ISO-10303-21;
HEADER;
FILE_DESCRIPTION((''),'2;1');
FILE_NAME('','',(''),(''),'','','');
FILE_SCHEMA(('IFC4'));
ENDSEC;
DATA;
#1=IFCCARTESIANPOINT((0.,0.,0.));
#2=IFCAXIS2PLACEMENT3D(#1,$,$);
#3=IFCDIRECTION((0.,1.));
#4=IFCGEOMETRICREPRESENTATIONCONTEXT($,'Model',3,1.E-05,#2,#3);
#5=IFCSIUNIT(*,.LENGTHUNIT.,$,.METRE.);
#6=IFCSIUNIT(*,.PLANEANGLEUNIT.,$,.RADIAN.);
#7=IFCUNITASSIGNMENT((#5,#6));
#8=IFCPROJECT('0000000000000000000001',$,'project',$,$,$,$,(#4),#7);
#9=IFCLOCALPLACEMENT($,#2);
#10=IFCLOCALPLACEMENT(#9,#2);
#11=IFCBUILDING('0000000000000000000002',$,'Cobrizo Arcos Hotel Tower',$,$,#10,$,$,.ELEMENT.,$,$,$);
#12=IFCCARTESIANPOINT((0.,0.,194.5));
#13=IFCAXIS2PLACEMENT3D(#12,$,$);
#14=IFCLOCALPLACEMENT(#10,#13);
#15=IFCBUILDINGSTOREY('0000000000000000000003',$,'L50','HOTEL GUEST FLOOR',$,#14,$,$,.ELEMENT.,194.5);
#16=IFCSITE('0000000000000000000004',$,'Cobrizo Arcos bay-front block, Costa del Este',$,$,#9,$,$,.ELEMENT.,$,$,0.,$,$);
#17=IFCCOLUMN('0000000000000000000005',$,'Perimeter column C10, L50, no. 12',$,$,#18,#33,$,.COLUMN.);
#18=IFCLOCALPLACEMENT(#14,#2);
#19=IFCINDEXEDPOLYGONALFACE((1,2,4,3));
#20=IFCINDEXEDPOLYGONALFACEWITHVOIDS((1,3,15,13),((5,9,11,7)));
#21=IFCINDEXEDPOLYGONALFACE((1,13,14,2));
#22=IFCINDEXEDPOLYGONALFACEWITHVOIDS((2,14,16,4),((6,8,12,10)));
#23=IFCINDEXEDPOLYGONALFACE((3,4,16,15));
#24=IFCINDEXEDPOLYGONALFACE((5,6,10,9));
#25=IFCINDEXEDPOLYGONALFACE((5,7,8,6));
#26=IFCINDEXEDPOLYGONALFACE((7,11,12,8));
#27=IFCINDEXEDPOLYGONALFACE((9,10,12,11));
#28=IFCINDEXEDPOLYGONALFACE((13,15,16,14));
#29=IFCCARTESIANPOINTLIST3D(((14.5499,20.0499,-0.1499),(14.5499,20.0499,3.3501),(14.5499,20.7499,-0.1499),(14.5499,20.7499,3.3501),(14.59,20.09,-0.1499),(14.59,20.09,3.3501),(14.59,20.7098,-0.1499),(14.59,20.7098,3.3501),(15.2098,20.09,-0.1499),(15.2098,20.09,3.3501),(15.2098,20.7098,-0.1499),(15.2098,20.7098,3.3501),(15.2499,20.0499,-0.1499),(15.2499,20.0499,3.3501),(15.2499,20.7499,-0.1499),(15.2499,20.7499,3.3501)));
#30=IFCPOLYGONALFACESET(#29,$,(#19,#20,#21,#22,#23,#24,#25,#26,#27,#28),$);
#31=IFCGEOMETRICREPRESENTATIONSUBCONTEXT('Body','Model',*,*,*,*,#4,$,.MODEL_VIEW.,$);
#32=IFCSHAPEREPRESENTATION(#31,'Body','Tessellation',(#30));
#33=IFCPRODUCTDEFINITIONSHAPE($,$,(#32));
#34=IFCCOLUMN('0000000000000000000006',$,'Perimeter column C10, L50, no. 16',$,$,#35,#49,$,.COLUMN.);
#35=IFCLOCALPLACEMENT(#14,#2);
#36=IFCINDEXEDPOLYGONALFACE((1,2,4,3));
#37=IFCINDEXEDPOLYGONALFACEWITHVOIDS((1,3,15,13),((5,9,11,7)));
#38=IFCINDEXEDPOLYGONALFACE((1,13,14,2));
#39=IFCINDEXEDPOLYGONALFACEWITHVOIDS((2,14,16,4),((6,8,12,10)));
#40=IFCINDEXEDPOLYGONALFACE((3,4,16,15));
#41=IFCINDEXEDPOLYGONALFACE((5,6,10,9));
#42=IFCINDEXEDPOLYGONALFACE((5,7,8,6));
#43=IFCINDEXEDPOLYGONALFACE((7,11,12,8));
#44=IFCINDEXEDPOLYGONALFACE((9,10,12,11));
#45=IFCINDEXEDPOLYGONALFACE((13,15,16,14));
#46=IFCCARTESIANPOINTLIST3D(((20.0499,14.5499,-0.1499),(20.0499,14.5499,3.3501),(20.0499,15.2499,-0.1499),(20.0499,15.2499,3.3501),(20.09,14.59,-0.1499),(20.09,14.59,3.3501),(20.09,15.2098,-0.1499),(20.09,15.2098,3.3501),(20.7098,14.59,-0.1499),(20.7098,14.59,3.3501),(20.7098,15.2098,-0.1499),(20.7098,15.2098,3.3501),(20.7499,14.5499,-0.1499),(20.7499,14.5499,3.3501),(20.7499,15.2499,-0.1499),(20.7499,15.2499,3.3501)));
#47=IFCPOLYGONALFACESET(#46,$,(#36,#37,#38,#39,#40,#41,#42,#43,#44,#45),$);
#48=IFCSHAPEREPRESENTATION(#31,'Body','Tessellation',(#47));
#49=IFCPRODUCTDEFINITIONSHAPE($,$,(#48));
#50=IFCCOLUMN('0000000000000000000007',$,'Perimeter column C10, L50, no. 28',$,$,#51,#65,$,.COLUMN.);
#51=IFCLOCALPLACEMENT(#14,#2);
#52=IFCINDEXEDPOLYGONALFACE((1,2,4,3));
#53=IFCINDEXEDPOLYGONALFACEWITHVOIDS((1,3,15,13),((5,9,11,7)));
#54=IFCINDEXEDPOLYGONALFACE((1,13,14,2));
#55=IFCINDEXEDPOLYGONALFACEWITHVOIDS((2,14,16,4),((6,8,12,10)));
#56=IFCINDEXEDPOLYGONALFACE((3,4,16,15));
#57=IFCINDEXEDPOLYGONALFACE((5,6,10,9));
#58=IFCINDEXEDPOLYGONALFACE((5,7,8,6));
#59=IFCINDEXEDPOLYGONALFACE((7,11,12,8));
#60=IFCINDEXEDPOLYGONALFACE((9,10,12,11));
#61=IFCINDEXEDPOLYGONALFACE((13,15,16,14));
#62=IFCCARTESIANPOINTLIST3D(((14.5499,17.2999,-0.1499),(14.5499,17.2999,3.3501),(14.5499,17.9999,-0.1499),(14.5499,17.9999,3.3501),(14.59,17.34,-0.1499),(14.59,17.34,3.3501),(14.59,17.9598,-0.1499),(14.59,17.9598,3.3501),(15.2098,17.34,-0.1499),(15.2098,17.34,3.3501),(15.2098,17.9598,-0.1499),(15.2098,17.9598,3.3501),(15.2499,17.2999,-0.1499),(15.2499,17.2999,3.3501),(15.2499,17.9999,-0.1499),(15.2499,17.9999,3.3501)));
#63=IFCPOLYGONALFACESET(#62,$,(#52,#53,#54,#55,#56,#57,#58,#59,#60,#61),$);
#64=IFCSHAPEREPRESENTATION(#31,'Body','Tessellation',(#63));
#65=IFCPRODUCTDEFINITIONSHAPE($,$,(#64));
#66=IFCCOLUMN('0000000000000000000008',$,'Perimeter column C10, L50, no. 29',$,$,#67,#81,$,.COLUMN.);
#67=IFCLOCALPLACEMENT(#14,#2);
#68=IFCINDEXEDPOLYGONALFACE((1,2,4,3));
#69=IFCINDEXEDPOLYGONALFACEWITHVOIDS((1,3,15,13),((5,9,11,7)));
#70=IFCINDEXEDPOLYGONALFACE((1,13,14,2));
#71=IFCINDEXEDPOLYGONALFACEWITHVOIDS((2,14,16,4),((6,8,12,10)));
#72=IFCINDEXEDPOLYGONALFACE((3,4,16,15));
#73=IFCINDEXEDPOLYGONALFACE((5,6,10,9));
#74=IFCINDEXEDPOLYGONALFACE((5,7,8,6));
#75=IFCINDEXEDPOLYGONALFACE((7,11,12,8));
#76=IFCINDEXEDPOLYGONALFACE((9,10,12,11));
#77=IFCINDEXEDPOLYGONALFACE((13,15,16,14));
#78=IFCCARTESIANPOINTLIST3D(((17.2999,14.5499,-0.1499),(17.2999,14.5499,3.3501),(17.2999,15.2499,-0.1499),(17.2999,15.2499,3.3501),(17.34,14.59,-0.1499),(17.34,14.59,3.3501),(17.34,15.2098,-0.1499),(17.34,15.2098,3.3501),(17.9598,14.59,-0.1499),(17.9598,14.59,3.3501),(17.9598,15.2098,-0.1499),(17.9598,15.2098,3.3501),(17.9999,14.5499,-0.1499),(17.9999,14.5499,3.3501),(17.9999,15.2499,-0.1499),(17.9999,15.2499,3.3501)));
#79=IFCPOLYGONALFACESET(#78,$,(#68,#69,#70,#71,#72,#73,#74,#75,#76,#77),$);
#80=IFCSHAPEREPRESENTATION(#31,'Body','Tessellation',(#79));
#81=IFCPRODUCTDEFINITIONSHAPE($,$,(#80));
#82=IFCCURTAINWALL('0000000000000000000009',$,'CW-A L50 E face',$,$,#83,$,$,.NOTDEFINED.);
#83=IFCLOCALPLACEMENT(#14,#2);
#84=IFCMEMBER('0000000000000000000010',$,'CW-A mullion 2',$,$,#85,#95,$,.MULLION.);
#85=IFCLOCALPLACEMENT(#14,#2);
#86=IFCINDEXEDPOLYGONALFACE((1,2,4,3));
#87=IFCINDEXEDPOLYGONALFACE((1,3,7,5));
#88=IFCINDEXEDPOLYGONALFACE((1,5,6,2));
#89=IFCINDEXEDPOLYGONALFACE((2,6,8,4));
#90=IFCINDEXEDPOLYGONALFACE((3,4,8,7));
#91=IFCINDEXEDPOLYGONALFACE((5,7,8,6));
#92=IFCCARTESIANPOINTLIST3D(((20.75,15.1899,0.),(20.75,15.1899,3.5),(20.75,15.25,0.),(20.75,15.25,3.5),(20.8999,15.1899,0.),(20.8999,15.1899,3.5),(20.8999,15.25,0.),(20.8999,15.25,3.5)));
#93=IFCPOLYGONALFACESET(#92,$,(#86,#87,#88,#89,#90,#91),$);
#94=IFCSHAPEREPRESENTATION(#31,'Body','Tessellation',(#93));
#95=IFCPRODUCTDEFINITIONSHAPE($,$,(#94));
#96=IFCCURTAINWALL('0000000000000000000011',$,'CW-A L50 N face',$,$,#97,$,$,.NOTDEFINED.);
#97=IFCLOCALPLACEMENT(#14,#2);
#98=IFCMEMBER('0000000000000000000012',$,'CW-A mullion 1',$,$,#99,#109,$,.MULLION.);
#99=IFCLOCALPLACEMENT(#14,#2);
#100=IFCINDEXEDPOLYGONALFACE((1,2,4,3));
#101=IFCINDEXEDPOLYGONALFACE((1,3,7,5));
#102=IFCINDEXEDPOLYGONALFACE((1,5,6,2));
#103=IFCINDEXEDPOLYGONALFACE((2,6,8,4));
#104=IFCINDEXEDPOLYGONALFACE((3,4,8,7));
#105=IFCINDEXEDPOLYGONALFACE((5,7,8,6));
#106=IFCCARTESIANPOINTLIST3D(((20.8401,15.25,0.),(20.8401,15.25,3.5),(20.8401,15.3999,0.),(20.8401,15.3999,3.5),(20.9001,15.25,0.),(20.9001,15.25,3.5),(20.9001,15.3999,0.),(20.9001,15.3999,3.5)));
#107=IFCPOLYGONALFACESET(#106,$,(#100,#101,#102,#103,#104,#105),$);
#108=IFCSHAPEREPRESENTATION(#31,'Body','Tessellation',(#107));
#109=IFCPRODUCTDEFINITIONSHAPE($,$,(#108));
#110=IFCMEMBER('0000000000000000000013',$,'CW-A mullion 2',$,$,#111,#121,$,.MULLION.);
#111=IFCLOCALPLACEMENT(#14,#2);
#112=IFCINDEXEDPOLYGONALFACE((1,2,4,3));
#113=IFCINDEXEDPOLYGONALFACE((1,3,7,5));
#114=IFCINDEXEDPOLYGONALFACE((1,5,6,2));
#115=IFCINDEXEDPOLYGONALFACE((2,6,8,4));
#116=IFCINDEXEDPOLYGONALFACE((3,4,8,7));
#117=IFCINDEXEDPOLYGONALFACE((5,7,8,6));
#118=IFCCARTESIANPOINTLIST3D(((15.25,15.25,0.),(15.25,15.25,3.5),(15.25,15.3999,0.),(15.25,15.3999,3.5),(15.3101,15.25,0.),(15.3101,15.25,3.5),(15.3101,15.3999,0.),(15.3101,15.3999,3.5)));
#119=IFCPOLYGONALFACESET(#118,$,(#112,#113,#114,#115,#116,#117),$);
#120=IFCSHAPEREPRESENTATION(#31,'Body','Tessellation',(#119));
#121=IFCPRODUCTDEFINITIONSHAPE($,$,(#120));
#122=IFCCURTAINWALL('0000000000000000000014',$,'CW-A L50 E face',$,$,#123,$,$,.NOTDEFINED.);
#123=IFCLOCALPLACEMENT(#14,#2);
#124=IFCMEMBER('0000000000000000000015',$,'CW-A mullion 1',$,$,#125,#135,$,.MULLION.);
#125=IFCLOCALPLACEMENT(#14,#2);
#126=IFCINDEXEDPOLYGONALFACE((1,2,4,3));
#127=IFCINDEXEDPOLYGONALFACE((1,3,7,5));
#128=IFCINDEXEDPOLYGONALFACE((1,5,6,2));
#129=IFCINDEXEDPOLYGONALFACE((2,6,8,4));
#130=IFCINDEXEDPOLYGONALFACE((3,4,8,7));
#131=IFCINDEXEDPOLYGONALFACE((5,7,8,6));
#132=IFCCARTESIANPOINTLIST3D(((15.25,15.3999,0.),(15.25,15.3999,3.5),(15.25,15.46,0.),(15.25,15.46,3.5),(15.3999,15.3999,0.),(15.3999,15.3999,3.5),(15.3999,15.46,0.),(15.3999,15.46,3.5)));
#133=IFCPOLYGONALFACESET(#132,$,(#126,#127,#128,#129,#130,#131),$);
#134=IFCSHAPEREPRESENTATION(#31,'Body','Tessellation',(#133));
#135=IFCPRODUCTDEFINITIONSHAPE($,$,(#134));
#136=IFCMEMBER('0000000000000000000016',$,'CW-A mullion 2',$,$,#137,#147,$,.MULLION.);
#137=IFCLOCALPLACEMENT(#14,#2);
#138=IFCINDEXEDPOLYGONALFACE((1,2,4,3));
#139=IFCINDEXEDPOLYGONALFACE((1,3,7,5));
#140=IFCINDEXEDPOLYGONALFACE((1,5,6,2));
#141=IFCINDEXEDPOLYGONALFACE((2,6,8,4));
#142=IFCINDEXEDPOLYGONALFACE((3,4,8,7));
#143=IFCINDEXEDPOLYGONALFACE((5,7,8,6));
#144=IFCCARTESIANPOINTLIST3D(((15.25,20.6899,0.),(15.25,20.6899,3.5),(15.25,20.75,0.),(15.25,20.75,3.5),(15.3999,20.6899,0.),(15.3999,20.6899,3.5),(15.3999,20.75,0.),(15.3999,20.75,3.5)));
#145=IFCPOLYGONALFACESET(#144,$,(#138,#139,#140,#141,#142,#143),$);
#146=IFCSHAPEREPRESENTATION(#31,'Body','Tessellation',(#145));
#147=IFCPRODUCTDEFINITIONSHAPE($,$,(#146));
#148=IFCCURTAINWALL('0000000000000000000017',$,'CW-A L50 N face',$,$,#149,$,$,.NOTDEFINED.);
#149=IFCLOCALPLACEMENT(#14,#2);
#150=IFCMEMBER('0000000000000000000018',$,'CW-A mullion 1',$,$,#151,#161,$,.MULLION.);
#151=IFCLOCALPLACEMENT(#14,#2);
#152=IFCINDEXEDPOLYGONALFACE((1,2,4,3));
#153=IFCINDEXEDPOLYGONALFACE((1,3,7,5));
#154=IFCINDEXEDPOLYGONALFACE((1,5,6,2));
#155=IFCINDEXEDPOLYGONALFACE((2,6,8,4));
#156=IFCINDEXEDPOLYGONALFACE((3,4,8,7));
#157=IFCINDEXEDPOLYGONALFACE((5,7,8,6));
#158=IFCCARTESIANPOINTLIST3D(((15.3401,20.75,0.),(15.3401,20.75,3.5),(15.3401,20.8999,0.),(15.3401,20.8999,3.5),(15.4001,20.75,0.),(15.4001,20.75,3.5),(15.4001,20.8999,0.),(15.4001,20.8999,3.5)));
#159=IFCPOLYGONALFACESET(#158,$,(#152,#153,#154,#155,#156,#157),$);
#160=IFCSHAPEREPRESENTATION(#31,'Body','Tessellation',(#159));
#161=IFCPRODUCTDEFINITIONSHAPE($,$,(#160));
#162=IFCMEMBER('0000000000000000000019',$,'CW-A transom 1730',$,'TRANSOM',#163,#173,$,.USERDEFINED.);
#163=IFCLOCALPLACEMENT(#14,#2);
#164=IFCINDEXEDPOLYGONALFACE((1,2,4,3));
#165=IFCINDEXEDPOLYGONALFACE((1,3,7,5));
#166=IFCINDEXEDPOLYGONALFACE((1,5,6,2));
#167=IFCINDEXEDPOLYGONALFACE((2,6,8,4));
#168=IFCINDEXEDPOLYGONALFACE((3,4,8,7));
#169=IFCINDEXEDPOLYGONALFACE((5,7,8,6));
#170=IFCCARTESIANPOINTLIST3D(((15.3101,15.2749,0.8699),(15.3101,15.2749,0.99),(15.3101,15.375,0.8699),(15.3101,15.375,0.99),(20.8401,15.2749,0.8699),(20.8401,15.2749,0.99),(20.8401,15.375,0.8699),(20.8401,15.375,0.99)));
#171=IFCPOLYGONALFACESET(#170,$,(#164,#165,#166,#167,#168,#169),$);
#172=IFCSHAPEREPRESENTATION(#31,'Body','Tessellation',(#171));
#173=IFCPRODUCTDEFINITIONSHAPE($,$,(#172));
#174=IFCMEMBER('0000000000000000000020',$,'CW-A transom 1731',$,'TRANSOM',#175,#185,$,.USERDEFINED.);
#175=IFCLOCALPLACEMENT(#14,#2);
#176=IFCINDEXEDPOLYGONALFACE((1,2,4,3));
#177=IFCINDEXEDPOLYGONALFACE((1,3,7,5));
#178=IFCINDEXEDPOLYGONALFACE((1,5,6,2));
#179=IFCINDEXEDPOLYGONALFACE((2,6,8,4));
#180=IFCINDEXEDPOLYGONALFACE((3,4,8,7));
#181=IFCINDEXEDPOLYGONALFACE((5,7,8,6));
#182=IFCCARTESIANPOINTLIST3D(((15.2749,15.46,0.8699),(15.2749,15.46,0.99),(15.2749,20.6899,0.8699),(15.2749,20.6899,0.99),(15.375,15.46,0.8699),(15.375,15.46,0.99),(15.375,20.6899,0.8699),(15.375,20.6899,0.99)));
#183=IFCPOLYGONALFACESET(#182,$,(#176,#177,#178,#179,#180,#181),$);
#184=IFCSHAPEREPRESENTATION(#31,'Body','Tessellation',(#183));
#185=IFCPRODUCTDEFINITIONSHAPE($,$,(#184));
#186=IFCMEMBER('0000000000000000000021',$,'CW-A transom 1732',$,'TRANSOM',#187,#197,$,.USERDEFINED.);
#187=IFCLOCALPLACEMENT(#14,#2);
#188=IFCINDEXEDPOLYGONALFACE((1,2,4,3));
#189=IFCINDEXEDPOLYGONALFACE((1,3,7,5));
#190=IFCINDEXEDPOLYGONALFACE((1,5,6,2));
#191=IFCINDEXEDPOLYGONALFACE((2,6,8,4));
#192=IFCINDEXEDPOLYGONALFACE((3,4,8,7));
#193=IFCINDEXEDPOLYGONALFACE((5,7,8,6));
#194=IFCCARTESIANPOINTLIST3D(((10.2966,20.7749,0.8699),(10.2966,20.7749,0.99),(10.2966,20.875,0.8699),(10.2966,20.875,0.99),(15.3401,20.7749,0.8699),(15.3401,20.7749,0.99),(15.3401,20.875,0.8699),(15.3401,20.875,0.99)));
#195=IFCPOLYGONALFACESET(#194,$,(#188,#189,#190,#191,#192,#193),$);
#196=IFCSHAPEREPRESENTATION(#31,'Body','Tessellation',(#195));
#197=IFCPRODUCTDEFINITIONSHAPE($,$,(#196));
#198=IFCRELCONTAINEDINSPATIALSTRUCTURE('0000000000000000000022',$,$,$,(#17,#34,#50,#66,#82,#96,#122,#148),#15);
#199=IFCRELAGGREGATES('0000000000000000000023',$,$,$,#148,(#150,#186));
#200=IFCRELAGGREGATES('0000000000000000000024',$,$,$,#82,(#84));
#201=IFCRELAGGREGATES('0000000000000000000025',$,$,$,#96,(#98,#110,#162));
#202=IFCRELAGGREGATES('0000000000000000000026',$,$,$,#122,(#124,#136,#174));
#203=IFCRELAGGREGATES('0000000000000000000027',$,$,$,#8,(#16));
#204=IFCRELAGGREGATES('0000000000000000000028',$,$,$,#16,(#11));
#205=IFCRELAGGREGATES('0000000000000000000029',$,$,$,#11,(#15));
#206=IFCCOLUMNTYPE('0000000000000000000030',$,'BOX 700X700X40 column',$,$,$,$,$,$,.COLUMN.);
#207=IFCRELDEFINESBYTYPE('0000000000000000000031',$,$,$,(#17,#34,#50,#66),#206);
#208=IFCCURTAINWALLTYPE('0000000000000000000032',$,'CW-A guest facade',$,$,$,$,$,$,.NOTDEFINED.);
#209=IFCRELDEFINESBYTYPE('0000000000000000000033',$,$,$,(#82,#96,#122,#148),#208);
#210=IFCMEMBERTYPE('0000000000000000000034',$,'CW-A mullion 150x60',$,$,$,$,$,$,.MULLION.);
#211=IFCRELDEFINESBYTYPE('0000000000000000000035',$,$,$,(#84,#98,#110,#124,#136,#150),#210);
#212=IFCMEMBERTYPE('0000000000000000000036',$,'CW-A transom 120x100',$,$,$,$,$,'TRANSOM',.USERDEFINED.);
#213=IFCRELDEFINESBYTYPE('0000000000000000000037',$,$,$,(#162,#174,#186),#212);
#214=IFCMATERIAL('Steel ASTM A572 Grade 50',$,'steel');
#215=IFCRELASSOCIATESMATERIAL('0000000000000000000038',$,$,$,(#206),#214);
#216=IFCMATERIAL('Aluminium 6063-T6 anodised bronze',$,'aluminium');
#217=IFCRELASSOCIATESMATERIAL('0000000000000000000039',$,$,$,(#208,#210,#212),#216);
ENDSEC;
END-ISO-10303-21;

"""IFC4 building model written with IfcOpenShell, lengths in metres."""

from ifc_helpers import new_model, si_unit, direction, frame, origin, origin_2d, place, context, subcontext, project, spatial, rectangle, hollow_rectangle, extrude, material, material_profile, profile_set, type_object, element, aggregate, save


model = new_model("IFC4")

# Units and contexts
model_context = context("Model", 3, precision=1e-05, world=origin(), true_north=direction((0.0, 1.0)))
body_context = subcontext(model_context, "Body", "Model", "MODEL_VIEW")
ifc_project = project(units=[si_unit("LENGTHUNIT", "METRE"), si_unit("PLANEANGLEUNIT", "RADIAN")], contexts=[model_context])

# Site, building, storey
site_placement = place(None, origin())
site = spatial("IfcSite", under=ifc_project, at=site_placement, Name="Cobrizo Arcos bay-front block, Costa del Este", CompositionType="ELEMENT", RefElevation=0.0)
building_placement = place(site_placement, origin())
building = spatial("IfcBuilding", under=site, at=building_placement, Name="Cobrizo Arcos Hotel Tower", CompositionType="ELEMENT")
storey_placement = place(building_placement, frame((0.0, 0.0, 194.5)))
storey = spatial("IfcBuildingStorey", under=building, at=storey_placement, Name="L50", Description="HOTEL GUEST FLOOR", CompositionType="ELEMENT", Elevation=194.5)

# Columns
ifc_material_1 = material(Name="Steel ASTM A572 Grade 50", Category="steel")
ifc_material_profile_1 = material_profile(ifc_material_1, hollow_rectangle(XDim=0.7, YDim=0.7, WallThickness=0.04, at=origin_2d()), Name="BOX 700X700X40")
ifc_profile_set_1 = profile_set([ifc_material_profile_1], Name="Steel ASTM A572 Grade 50")
column_type = type_object("IfcColumnType", Name="BOX 700X700X40 column", PredefinedType="COLUMN", material=ifc_profile_set_1)
for number, where, z_axis, x_axis, name in (
    (1, (14.8999, 20.3999, -0.1499), (0.0, 0.0, 1.0), (1.0, 0.0, 0.0), "Perimeter column C10, L50, no. 12"),
    (2, (20.3999, 14.8999, -0.1499), (0.0, 0.0, 1.0), (1.0, 0.0, 0.0), "Perimeter column C10, L50, no. 16"),
    (3, (14.8999, 17.6499, -0.1499), (0.0, 0.0, 1.0), (1.0, 0.0, 0.0), "Perimeter column C10, L50, no. 28"),
    (4, (17.6499, 14.8999, -0.1499), (0.0, 0.0, 1.0), (1.0, 0.0, 0.0), "Perimeter column C10, L50, no. 29"),
):
    element("IfcColumn", number, at=place(storey_placement, frame(where, z_axis=z_axis, x_axis=x_axis)), inside=storey, type_object=column_type, Name=name, PredefinedType="COLUMN", context=body_context, shape_type="SweptSolid", body=[
        extrude(hollow_rectangle(XDim=0.7, YDim=0.7, WallThickness=0.04, at=origin_2d()), origin(), (0.0, 0.0, 1.0), 3.5),
    ])

# Curtain wall, member
ifc_material_2 = material(Name="Aluminium 6063-T6 anodised bronze", Category="aluminium")
curtain_wall_type = type_object("IfcCurtainWallType", Name="CW-A guest facade", PredefinedType="NOTDEFINED", material=ifc_material_2)
curtain_wall_1_placement = place(storey_placement, origin())
curtain_wall_1 = element("IfcCurtainWall", 5, at=curtain_wall_1_placement, inside=storey, type_object=curtain_wall_type, Name="CW-A L50 E face", PredefinedType="NOTDEFINED")
ifc_material_profile_2 = material_profile(ifc_material_2, rectangle(XDim=0.1499, YDim=0.0601, at=origin_2d()), Name="CW-A mullion 150x60")
ifc_profile_set_2 = profile_set([ifc_material_profile_2], Name="Aluminium 6063-T6 anodised bronze")
member_type_1 = type_object("IfcMemberType", Name="CW-A mullion 150x60", PredefinedType="MULLION", material=ifc_profile_set_2)
member_1_placement = place(storey_placement, frame((20.825, 15.22, 0.0), z_axis=(0.0, 0.0, 1.0), x_axis=(1.0, 0.0, 0.0)))
member_1 = element("IfcMember", 6, at=member_1_placement, type_object=member_type_1, Name="CW-A mullion 2", PredefinedType="MULLION", context=body_context, shape_type="SweptSolid", body=[
    extrude(rectangle(XDim=0.1499, YDim=0.0601, at=origin_2d()), origin(), (0.0, 0.0, 1.0), 3.5),
])

# Curtain walls, members
curtain_wall_2_placement = place(storey_placement, origin())
curtain_wall_2 = element("IfcCurtainWall", 7, at=curtain_wall_2_placement, inside=storey, type_object=curtain_wall_type, Name="CW-A L50 N face", PredefinedType="NOTDEFINED")
member_2_placement = place(storey_placement, frame((20.8701, 15.325, 0.0), z_axis=(0.0, 0.0, 1.0), x_axis=(0.0, 1.0, 0.0)))
member_2 = element("IfcMember", 8, at=member_2_placement, type_object=member_type_1, Name="CW-A mullion 1", PredefinedType="MULLION", context=body_context, shape_type="SweptSolid", body=[
    extrude(rectangle(XDim=0.1499, YDim=0.0601, at=origin_2d()), origin(), (0.0, 0.0, 1.0), 3.5),
])
member_3_placement = place(storey_placement, frame((15.28, 15.325, 0.0), z_axis=(0.0, 0.0, 1.0), x_axis=(0.0, 1.0, 0.0)))
member_3 = element("IfcMember", 9, at=member_3_placement, type_object=member_type_1, Name="CW-A mullion 2", PredefinedType="MULLION", context=body_context, shape_type="SweptSolid", body=[
    extrude(rectangle(XDim=0.1499, YDim=0.0601, at=origin_2d()), origin(), (0.0, 0.0, 1.0), 3.5),
])
curtain_wall_3_placement = place(storey_placement, origin())
curtain_wall_3 = element("IfcCurtainWall", 10, at=curtain_wall_3_placement, inside=storey, type_object=curtain_wall_type, Name="CW-A L50 E face", PredefinedType="NOTDEFINED")
member_4_placement = place(storey_placement, frame((15.325, 15.4299, 0.0), z_axis=(0.0, 0.0, 1.0), x_axis=(1.0, 0.0, 0.0)))
member_4 = element("IfcMember", 11, at=member_4_placement, type_object=member_type_1, Name="CW-A mullion 1", PredefinedType="MULLION", context=body_context, shape_type="SweptSolid", body=[
    extrude(rectangle(XDim=0.1499, YDim=0.0601, at=origin_2d()), origin(), (0.0, 0.0, 1.0), 3.5),
])
member_5_placement = place(storey_placement, frame((15.325, 20.72, 0.0), z_axis=(0.0, 0.0, 1.0), x_axis=(1.0, 0.0, 0.0)))
member_5 = element("IfcMember", 12, at=member_5_placement, type_object=member_type_1, Name="CW-A mullion 2", PredefinedType="MULLION", context=body_context, shape_type="SweptSolid", body=[
    extrude(rectangle(XDim=0.1499, YDim=0.0601, at=origin_2d()), origin(), (0.0, 0.0, 1.0), 3.5),
])

# Curtain wall, member
curtain_wall_4_placement = place(storey_placement, origin())
curtain_wall_4 = element("IfcCurtainWall", 13, at=curtain_wall_4_placement, inside=storey, type_object=curtain_wall_type, Name="CW-A L50 N face", PredefinedType="NOTDEFINED")
member_6_placement = place(storey_placement, frame((15.3701, 20.825, 0.0), z_axis=(0.0, 0.0, 1.0), x_axis=(0.0, 1.0, 0.0)))
member_6 = element("IfcMember", 14, at=member_6_placement, type_object=member_type_1, Name="CW-A mullion 1", PredefinedType="MULLION", context=body_context, shape_type="SweptSolid", body=[
    extrude(rectangle(XDim=0.1499, YDim=0.0601, at=origin_2d()), origin(), (0.0, 0.0, 1.0), 3.5),
])

# Members
ifc_material_profile_3 = material_profile(ifc_material_2, rectangle(XDim=0.1001, YDim=0.1201, at=origin_2d()), Name="CW-A transom 120x100")
ifc_profile_set_3 = profile_set([ifc_material_profile_3], Name="Aluminium 6063-T6 anodised bronze")
member_type_2 = type_object("IfcMemberType", Name="CW-A transom 120x100", ElementType="TRANSOM", PredefinedType="USERDEFINED", material=ifc_profile_set_3)
member_7_placement = place(storey_placement, frame((20.8401, 15.325, 0.9299), z_axis=(-1.0, 0.0, 0.0), x_axis=(0.0, -1.0, 0.0)))
member_7 = element("IfcMember", 15, at=member_7_placement, type_object=member_type_2, Name="CW-A transom 1730", ObjectType="TRANSOM", PredefinedType="USERDEFINED", context=body_context, shape_type="SweptSolid", body=[
    extrude(rectangle(XDim=0.1001, YDim=0.1201, at=origin_2d()), origin(), (0.0, 0.0, 1.0), 5.53),
])
member_8_placement = place(storey_placement, frame((15.325, 15.46, 0.9299), z_axis=(0.0, 1.0, 0.0), x_axis=(-1.0, 0.0, 0.0)))
member_8 = element("IfcMember", 16, at=member_8_placement, type_object=member_type_2, Name="CW-A transom 1731", ObjectType="TRANSOM", PredefinedType="USERDEFINED", context=body_context, shape_type="SweptSolid", body=[
    extrude(rectangle(XDim=0.1001, YDim=0.1201, at=origin_2d()), origin(), (0.0, 0.0, 1.0), 5.23),
])
member_9_placement = place(storey_placement, frame((15.3401, 20.825, 0.9299), z_axis=(-1.0, 0.0, 0.0), x_axis=(0.0, -1.0, 0.0)))
member_9 = element("IfcMember", 17, at=member_9_placement, type_object=member_type_2, Name="CW-A transom 1732", ObjectType="TRANSOM", PredefinedType="USERDEFINED", context=body_context, shape_type="SweptSolid", body=[
    extrude(rectangle(XDim=0.1001, YDim=0.1201, at=origin_2d()), origin(), (0.0, 0.0, 1.0), 5.0435),
])
aggregate(curtain_wall_4, [member_6, member_9])

aggregate(curtain_wall_1, [member_1])
aggregate(curtain_wall_2, [member_2, member_3, member_7])
aggregate(curtain_wall_3, [member_4, member_5, member_8])

save(model, "model.ifc")
